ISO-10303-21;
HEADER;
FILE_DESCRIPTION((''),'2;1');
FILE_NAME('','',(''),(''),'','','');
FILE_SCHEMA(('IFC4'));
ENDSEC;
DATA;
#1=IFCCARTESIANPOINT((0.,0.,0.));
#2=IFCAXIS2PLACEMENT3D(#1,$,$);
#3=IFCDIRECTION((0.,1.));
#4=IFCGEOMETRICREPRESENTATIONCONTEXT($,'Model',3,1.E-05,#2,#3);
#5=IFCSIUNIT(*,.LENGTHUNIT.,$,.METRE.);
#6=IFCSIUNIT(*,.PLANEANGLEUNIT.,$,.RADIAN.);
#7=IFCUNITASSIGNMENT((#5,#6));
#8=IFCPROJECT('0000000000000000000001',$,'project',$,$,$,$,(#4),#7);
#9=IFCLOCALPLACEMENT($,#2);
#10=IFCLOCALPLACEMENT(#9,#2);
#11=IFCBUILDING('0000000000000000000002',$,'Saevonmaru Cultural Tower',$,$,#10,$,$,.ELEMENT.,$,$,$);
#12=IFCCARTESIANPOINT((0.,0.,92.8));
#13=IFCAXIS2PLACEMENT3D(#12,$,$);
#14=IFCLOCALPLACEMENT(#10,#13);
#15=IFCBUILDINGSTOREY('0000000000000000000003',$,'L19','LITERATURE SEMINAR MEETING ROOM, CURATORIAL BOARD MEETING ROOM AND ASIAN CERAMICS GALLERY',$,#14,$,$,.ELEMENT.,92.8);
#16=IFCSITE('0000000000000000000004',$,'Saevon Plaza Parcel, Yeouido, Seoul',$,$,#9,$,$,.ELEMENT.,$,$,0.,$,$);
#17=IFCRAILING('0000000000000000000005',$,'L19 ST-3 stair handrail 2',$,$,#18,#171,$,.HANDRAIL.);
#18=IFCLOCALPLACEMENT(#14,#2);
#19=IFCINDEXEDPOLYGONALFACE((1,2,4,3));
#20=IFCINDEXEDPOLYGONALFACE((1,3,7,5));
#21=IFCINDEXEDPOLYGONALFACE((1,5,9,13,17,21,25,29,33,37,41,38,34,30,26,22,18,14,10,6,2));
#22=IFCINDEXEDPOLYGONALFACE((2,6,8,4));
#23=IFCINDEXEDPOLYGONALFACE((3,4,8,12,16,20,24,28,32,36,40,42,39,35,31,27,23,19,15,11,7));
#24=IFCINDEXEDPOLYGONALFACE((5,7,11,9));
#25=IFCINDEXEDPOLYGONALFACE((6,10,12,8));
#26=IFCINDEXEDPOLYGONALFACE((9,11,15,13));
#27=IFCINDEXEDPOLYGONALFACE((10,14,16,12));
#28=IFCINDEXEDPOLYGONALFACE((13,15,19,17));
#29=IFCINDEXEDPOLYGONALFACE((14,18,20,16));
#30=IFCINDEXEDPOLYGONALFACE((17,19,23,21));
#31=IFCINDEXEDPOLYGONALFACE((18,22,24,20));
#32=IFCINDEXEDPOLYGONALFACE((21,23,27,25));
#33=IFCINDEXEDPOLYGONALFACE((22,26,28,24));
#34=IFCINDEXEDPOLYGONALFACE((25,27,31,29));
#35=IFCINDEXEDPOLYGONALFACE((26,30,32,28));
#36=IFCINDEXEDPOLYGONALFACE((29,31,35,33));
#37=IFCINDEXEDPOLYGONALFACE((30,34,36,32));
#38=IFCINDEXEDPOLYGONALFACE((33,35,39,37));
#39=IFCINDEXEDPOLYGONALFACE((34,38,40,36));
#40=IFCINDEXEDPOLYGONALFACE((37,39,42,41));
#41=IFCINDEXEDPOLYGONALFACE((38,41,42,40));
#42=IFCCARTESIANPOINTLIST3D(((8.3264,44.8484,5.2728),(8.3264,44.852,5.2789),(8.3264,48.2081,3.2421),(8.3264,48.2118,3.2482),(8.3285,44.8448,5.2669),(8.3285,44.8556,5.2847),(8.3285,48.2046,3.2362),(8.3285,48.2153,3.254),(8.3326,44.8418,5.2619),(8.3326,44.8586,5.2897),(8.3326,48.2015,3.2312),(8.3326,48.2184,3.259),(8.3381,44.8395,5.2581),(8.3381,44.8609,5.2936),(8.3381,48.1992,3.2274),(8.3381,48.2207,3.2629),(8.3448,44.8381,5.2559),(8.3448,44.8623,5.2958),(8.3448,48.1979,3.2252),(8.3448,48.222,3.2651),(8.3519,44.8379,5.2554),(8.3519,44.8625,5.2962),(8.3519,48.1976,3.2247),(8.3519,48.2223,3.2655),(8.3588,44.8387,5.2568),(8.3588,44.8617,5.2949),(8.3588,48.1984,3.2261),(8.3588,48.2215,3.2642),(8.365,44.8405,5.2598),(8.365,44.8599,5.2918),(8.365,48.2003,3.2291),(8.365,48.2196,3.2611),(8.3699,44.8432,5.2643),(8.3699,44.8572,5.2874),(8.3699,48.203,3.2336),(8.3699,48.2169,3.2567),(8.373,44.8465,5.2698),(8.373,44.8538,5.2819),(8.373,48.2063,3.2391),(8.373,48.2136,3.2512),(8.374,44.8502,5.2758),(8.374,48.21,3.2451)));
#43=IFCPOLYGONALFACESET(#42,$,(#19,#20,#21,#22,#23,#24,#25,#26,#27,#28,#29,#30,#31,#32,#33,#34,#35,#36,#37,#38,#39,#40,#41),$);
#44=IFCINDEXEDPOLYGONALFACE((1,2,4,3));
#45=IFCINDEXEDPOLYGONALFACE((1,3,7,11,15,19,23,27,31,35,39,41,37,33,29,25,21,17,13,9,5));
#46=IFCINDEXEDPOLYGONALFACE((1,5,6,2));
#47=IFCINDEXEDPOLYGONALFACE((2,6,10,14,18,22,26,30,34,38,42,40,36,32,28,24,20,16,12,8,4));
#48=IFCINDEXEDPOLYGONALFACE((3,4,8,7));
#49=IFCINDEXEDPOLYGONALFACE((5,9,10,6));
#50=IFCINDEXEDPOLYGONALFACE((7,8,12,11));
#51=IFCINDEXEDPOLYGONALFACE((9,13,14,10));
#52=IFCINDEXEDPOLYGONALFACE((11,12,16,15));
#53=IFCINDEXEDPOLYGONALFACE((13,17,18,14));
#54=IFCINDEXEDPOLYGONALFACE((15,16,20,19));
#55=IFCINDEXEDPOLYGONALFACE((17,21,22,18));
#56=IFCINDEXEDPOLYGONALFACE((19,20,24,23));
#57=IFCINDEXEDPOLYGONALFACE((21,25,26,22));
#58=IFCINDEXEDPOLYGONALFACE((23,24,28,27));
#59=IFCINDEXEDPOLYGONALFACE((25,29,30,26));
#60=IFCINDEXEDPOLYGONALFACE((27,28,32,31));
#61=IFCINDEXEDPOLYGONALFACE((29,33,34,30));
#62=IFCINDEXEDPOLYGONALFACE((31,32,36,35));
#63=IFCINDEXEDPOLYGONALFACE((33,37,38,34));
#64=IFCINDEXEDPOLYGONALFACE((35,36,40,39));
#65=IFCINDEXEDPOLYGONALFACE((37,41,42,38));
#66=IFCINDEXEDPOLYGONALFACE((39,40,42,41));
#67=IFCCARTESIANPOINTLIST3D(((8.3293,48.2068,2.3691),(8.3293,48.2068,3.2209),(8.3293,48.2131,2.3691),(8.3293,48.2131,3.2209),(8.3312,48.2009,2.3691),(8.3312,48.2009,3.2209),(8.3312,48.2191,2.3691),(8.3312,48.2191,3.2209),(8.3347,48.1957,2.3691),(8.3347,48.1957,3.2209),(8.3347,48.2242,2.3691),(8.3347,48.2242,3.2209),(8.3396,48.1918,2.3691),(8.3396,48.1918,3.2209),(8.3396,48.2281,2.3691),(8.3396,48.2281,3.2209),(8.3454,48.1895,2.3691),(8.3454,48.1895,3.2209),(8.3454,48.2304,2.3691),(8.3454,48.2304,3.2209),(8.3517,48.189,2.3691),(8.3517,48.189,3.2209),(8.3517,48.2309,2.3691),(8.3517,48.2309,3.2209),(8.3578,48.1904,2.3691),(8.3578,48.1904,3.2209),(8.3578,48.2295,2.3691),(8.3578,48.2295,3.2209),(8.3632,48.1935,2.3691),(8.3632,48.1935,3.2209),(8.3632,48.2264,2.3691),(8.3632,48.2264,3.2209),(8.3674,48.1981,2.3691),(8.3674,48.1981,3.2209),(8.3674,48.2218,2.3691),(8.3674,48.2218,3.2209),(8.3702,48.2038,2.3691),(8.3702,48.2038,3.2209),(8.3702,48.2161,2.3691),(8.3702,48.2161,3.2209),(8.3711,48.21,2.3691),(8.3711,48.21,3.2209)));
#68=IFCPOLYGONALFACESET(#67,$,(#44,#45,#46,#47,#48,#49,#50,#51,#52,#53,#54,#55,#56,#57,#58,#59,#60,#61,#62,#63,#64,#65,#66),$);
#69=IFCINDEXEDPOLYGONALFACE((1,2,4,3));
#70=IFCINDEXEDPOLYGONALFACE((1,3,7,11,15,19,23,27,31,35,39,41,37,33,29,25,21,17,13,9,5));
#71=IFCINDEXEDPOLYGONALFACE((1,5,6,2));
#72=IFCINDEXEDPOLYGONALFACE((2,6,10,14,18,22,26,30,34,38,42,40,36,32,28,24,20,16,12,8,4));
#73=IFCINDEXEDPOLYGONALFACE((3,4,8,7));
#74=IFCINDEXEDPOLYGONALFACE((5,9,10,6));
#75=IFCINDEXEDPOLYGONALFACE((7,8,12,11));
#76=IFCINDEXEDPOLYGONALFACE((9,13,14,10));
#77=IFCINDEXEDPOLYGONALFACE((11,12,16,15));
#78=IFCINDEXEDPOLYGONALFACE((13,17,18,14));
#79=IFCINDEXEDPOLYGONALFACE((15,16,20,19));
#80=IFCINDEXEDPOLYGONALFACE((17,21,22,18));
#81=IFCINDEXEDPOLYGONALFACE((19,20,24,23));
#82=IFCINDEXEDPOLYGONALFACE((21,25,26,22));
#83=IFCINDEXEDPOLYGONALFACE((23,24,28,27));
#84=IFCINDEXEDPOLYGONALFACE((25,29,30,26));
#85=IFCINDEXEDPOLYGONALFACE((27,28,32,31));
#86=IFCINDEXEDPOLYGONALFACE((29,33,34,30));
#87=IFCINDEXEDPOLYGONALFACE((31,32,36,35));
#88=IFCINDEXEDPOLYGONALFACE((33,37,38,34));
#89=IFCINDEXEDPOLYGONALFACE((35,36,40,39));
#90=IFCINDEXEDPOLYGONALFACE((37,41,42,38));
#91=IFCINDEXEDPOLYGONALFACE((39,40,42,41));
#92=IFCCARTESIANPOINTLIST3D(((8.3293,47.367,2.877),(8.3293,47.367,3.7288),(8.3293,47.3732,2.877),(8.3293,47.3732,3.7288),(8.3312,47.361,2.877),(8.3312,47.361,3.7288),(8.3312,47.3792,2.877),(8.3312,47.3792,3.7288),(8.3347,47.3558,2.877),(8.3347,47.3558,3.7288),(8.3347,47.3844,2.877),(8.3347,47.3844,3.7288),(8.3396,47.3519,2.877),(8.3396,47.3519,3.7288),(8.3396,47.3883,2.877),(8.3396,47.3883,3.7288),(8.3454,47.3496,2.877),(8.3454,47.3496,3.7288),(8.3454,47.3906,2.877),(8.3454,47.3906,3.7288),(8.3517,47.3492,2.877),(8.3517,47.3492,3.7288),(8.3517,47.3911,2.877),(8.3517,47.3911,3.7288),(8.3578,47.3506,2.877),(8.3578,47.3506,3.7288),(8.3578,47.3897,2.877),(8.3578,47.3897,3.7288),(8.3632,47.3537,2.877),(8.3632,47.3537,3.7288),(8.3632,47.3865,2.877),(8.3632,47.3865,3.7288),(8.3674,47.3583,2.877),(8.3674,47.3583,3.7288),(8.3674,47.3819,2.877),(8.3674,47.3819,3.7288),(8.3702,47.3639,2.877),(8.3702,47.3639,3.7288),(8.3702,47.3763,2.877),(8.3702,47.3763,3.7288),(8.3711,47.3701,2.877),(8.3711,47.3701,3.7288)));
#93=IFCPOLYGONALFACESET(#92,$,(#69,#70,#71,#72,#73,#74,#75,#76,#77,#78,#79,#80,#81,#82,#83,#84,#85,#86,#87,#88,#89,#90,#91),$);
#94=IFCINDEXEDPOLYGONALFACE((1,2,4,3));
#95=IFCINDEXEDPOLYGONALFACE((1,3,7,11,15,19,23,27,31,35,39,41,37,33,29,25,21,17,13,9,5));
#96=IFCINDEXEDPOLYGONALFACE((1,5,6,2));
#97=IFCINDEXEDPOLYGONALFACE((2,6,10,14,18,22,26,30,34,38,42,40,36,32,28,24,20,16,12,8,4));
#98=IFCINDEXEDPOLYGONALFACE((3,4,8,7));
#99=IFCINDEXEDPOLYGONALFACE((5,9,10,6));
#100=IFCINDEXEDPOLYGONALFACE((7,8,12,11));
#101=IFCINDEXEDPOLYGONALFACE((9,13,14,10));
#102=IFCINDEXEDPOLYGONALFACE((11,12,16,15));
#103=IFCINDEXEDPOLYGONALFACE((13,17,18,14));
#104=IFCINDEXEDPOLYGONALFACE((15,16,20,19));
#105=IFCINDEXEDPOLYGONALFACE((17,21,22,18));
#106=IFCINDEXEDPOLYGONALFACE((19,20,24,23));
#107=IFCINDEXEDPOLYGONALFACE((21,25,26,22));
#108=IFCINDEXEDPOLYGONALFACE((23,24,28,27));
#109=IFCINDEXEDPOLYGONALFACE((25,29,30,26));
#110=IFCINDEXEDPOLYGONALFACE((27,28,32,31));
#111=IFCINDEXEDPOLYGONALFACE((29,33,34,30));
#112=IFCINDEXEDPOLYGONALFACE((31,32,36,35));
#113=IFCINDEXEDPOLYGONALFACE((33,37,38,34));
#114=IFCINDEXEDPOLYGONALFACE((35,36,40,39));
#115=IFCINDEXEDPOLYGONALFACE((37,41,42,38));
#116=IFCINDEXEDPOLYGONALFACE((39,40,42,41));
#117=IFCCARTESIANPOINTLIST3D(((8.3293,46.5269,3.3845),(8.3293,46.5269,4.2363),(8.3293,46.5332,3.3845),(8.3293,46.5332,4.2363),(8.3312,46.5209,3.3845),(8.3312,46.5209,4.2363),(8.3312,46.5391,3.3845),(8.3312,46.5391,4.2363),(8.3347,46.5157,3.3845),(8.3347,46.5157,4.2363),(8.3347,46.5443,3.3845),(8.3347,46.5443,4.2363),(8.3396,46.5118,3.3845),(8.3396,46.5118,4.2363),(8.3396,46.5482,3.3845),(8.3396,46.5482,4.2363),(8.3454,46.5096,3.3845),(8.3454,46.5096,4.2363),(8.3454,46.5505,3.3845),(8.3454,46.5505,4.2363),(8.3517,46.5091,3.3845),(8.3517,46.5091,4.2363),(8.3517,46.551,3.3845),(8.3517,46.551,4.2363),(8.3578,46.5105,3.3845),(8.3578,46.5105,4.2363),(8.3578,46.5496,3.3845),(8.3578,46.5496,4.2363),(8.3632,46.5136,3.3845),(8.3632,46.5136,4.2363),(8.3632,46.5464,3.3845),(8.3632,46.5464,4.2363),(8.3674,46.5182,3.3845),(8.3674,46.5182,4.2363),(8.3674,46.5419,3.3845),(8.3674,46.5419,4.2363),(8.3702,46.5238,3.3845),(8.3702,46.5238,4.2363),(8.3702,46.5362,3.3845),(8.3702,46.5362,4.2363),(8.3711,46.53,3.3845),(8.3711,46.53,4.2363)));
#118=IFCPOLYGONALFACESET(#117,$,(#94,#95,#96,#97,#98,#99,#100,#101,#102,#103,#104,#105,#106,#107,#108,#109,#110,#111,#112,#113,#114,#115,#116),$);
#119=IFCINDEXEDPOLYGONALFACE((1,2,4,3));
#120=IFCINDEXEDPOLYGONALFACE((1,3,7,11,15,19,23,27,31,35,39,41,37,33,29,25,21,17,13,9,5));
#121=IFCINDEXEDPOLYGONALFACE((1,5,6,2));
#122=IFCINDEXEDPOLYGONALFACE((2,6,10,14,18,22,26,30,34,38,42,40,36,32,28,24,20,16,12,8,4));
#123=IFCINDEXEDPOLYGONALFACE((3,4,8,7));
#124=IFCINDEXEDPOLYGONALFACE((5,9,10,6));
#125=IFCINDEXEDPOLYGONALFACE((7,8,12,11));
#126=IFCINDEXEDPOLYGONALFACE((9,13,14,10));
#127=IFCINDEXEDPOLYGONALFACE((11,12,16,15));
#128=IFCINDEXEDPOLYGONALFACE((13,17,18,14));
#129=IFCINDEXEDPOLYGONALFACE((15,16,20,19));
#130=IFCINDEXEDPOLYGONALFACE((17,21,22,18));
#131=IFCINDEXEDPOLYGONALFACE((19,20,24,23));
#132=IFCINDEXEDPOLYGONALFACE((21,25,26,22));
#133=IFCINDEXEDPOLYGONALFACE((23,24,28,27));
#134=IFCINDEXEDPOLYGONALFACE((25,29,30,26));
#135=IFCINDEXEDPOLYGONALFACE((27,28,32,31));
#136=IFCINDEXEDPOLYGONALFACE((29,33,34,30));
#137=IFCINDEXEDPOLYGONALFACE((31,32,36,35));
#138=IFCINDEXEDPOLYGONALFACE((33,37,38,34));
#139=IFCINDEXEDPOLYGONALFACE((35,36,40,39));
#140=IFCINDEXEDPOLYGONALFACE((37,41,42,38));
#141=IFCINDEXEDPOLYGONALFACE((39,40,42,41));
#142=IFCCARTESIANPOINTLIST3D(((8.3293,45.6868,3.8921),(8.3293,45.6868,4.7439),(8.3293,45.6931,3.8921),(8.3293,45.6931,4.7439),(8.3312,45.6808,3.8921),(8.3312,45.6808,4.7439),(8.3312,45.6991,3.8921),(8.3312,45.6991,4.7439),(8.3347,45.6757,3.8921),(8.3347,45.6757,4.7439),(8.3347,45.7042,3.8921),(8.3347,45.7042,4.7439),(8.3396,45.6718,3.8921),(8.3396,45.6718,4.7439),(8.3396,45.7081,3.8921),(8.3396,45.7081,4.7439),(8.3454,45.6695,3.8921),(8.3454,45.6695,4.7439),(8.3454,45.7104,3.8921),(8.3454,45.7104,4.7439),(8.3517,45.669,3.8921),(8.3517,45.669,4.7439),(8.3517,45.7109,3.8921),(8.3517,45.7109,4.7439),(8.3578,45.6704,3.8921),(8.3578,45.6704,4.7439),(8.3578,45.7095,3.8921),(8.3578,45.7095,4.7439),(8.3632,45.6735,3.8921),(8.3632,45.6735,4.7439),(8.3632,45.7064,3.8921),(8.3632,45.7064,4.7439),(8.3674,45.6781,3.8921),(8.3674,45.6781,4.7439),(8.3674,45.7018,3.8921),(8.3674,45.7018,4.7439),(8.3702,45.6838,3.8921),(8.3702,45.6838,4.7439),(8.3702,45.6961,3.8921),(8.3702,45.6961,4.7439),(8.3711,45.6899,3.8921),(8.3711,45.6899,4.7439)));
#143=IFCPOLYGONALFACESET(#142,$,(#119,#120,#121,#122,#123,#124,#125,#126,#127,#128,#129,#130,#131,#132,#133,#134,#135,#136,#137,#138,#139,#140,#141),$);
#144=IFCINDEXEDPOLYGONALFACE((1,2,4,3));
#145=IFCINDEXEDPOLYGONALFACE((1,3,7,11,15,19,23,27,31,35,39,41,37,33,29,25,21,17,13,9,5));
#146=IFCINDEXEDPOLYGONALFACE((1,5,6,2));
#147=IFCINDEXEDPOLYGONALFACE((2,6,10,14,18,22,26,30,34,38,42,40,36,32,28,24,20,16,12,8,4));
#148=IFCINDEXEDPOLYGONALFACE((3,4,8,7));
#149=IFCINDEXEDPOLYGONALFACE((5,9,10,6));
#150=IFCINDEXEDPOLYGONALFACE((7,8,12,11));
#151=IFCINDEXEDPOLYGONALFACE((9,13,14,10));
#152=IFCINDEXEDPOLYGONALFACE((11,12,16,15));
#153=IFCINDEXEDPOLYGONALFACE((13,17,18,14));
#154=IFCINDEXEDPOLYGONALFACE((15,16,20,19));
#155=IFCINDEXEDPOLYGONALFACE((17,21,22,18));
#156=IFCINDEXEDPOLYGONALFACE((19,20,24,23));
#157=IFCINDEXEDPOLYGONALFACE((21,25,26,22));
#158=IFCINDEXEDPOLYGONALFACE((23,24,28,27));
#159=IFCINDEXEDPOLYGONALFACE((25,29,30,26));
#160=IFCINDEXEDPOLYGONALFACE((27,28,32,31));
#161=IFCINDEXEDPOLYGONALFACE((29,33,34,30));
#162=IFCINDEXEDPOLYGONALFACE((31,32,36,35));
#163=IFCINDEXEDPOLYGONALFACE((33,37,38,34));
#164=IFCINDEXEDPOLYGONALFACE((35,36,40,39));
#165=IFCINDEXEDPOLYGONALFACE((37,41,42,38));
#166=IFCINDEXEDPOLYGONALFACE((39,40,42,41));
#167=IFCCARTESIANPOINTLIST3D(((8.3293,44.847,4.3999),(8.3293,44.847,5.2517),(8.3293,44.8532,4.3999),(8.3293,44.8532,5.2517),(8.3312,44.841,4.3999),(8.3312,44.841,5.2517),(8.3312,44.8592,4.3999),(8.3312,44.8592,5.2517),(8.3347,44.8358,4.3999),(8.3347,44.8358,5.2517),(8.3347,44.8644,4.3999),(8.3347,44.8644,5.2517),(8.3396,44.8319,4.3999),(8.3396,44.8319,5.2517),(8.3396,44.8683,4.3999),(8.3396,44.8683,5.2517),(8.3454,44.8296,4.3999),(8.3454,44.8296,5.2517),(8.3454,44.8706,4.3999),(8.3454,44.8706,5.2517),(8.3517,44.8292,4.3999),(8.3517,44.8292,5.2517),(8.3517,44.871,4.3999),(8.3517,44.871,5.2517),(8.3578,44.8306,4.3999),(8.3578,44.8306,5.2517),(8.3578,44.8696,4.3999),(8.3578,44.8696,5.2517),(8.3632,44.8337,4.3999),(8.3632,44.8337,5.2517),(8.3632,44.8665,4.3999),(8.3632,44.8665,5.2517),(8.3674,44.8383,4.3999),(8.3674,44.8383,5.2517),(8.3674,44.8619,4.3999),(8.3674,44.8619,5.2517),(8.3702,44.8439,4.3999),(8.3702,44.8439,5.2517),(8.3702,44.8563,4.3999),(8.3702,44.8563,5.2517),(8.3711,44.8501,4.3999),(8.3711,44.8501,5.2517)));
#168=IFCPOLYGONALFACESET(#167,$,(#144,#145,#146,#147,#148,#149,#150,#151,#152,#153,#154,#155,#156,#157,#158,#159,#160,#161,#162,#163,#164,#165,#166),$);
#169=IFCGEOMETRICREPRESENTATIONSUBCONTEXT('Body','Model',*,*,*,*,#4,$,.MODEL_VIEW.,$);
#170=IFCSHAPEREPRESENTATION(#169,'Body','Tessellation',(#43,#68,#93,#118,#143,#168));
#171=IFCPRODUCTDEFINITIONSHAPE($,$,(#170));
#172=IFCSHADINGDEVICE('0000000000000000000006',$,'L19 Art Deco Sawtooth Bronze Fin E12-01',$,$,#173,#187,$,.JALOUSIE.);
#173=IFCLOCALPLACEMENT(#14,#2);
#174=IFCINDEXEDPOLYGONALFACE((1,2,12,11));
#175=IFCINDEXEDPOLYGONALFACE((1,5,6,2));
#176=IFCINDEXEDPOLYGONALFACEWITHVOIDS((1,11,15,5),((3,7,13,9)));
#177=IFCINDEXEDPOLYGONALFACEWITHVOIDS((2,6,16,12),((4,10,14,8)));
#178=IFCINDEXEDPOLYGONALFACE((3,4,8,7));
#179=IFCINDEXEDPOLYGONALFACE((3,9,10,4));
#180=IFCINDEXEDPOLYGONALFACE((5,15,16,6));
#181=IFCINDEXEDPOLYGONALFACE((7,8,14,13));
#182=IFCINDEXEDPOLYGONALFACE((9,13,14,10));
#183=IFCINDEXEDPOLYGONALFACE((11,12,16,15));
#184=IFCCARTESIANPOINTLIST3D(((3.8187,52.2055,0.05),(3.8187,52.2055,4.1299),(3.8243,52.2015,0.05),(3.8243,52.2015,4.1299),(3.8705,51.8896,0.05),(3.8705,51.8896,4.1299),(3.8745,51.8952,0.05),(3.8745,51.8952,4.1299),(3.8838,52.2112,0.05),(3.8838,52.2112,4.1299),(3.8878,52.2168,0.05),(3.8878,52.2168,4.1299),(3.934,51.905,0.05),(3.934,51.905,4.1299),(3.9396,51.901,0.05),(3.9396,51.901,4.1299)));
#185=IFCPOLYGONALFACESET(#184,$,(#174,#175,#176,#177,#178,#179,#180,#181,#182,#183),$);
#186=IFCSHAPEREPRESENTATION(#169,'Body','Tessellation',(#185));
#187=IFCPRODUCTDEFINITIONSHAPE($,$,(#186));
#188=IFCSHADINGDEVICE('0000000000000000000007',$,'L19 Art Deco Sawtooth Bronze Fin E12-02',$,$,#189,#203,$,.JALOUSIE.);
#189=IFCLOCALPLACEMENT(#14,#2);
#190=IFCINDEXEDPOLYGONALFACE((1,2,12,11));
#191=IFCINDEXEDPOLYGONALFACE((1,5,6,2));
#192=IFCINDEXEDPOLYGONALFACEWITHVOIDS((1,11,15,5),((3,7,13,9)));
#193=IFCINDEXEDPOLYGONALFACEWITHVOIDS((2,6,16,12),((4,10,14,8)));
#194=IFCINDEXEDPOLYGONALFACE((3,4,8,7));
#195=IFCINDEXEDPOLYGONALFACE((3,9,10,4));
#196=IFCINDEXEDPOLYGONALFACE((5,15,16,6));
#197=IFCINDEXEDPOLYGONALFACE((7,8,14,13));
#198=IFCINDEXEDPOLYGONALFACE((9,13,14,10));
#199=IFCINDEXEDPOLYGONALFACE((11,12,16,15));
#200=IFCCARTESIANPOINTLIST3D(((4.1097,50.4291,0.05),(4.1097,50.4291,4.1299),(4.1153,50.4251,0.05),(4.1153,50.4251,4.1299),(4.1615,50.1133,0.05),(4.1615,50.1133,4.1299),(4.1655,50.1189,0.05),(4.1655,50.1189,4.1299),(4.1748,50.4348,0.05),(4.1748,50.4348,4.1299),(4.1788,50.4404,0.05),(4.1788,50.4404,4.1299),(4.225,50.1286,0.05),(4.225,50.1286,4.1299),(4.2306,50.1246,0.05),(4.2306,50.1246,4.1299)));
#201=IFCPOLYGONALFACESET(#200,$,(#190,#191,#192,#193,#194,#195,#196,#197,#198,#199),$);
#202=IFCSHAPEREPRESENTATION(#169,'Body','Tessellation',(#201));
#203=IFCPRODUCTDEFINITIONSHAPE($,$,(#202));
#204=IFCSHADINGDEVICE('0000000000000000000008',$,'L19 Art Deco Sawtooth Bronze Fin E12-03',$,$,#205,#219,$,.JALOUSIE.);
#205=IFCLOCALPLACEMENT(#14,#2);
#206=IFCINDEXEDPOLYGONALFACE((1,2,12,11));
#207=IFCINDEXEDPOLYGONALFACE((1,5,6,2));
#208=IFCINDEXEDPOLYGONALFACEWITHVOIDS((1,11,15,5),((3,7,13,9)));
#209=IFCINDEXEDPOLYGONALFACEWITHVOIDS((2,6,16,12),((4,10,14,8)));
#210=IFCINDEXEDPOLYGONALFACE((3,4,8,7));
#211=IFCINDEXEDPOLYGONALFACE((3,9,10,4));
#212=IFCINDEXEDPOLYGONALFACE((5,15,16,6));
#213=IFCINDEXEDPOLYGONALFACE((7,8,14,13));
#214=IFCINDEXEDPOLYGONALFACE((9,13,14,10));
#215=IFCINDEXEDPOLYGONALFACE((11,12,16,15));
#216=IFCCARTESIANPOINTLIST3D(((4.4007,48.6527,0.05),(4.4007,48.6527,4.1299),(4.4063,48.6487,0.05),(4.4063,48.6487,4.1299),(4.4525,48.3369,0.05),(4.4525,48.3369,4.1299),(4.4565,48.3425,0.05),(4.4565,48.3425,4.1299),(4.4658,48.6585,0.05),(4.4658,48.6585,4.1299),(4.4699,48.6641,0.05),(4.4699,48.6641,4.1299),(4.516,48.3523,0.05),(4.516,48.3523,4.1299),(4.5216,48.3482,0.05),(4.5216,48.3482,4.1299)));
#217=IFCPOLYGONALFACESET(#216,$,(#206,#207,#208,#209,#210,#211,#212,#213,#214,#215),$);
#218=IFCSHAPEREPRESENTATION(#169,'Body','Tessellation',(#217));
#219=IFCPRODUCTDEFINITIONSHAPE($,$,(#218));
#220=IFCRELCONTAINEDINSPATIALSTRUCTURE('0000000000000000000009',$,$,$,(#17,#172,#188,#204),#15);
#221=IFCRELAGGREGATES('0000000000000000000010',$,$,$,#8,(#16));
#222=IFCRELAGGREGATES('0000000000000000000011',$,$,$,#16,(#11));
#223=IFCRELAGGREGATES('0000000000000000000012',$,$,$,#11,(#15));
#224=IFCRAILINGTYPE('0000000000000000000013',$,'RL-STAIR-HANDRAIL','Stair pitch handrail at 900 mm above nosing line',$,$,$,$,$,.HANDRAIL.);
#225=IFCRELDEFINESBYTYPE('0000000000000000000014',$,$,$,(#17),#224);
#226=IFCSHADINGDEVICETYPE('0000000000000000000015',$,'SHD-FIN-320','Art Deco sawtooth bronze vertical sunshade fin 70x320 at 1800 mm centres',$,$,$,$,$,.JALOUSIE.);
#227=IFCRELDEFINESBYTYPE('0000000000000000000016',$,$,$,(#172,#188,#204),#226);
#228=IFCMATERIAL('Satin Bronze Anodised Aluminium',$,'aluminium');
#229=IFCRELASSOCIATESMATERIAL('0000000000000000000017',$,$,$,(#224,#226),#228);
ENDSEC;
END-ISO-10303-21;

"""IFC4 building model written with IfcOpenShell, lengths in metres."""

from ifc_helpers import new_model, si_unit, direction, frame, origin, origin_2d, place, context, subcontext, project, spatial, hollow_rectangle, circle, extrude, material, material_profile, profile_set, type_object, element, save


model = new_model("IFC4")

# Units and contexts
model_context = context("Model", 3, precision=1e-05, world=origin(), true_north=direction((0.0, 1.0)))
body_context = subcontext(model_context, "Body", "Model", "MODEL_VIEW")
ifc_project = project(units=[si_unit("LENGTHUNIT", "METRE"), si_unit("PLANEANGLEUNIT", "RADIAN")], contexts=[model_context])

# Site, building, storey
site_placement = place(None, origin())
site = spatial("IfcSite", under=ifc_project, at=site_placement, Name="Saevon Plaza Parcel, Yeouido, Seoul", CompositionType="ELEMENT", RefElevation=0.0)
building_placement = place(site_placement, origin())
building = spatial("IfcBuilding", under=site, at=building_placement, Name="Saevonmaru Cultural Tower", CompositionType="ELEMENT")
storey_placement = place(building_placement, frame((0.0, 0.0, 92.8)))
storey = spatial("IfcBuildingStorey", under=building, at=storey_placement, Name="L19", Description="LITERATURE SEMINAR MEETING ROOM, CURATORIAL BOARD MEETING ROOM AND ASIAN CERAMICS GALLERY", CompositionType="ELEMENT", Elevation=92.8)

# Shared definitions
ifc_material_1 = material(Name="Satin Bronze Anodised Aluminium", Category="aluminium")

# Railing
railing_type_1 = type_object("IfcRailingType", Name="RL-STAIR-HANDRAIL", Description="Stair pitch handrail at 900 mm above nosing line", PredefinedType="HANDRAIL", material=ifc_material_1)
railing_1_placement = place(storey_placement, frame((8.3501, 48.21, 2.3691)))
element("IfcRailing", 1, at=railing_1_placement, inside=storey, type_object=railing_type_1, Name="L19 ST-3 stair handrail 2", PredefinedType="HANDRAIL", context=body_context, shape_type="SweptSolid", body=[
    extrude(circle(Radius=0.0239, at=origin_2d()), frame((0.0, 0.0, 0.876), z_axis=(0.0, -0.85582, 0.517273), x_axis=(1.0, 0.0, 0.0)), (0.0, 0.0, 1.0), 3.9258),
    extrude(circle(Radius=0.021, at=origin_2d()), origin(), (0.0, 0.0, 1.0), 0.8518),
    extrude(circle(Radius=0.021, at=origin_2d()), frame((0.0, -0.8398, 0.5078)), (0.0, 0.0, 1.0), 0.8518),
    extrude(circle(Radius=0.021, at=origin_2d()), frame((0.0, -1.6799, 1.0154)), (0.0, 0.0, 1.0), 0.8518),
    extrude(circle(Radius=0.021, at=origin_2d()), frame((0.0, -2.52, 1.5229)), (0.0, 0.0, 1.0), 0.8518),
    extrude(circle(Radius=0.021, at=origin_2d()), frame((0.0, -3.3599, 2.0308)), (0.0, 0.0, 1.0), 0.8518),
])

# Shading devices
ifc_material_profile_1 = material_profile(ifc_material_1, hollow_rectangle(XDim=0.0701, YDim=0.3201, WallThickness=0.0049, at=origin_2d()), Name="FIN-320x70")
ifc_profile_set_1 = profile_set([ifc_material_profile_1], Name="Satin Bronze Anodised Aluminium")
shading_device_type = type_object("IfcShadingDeviceType", Name="SHD-FIN-320", Description="Art Deco sawtooth bronze vertical sunshade fin 70x320 at 1800 mm centres", PredefinedType="JALOUSIE", material=ifc_profile_set_1)
for number, where, z_axis, x_axis, name in (
    (2, (3.8792, 52.0532, 0.05), (0.0, 0.0, 1.0), (-0.986827, -0.161776, 0.0), "L19 Art Deco Sawtooth Bronze Fin E12-01"),
    (3, (4.1702, 50.2769, 0.05), (0.0, 0.0, 1.0), (-0.986827, -0.161776, 0.0), "L19 Art Deco Sawtooth Bronze Fin E12-02"),
    (4, (4.4612, 48.5005, 0.05), (0.0, 0.0, 1.0), (-0.986827, -0.161776, 0.0), "L19 Art Deco Sawtooth Bronze Fin E12-03"),
):
    element("IfcShadingDevice", number, at=place(storey_placement, frame(where, z_axis=z_axis, x_axis=x_axis)), inside=storey, type_object=shading_device_type, Name=name, PredefinedType="JALOUSIE", context=body_context, shape_type="SweptSolid", body=[
        extrude(hollow_rectangle(XDim=0.0701, YDim=0.3201, WallThickness=0.0049, at=origin_2d()), origin(), (0.0, 0.0, 1.0), 4.0798),
    ])

save(model, "model.ifc")
